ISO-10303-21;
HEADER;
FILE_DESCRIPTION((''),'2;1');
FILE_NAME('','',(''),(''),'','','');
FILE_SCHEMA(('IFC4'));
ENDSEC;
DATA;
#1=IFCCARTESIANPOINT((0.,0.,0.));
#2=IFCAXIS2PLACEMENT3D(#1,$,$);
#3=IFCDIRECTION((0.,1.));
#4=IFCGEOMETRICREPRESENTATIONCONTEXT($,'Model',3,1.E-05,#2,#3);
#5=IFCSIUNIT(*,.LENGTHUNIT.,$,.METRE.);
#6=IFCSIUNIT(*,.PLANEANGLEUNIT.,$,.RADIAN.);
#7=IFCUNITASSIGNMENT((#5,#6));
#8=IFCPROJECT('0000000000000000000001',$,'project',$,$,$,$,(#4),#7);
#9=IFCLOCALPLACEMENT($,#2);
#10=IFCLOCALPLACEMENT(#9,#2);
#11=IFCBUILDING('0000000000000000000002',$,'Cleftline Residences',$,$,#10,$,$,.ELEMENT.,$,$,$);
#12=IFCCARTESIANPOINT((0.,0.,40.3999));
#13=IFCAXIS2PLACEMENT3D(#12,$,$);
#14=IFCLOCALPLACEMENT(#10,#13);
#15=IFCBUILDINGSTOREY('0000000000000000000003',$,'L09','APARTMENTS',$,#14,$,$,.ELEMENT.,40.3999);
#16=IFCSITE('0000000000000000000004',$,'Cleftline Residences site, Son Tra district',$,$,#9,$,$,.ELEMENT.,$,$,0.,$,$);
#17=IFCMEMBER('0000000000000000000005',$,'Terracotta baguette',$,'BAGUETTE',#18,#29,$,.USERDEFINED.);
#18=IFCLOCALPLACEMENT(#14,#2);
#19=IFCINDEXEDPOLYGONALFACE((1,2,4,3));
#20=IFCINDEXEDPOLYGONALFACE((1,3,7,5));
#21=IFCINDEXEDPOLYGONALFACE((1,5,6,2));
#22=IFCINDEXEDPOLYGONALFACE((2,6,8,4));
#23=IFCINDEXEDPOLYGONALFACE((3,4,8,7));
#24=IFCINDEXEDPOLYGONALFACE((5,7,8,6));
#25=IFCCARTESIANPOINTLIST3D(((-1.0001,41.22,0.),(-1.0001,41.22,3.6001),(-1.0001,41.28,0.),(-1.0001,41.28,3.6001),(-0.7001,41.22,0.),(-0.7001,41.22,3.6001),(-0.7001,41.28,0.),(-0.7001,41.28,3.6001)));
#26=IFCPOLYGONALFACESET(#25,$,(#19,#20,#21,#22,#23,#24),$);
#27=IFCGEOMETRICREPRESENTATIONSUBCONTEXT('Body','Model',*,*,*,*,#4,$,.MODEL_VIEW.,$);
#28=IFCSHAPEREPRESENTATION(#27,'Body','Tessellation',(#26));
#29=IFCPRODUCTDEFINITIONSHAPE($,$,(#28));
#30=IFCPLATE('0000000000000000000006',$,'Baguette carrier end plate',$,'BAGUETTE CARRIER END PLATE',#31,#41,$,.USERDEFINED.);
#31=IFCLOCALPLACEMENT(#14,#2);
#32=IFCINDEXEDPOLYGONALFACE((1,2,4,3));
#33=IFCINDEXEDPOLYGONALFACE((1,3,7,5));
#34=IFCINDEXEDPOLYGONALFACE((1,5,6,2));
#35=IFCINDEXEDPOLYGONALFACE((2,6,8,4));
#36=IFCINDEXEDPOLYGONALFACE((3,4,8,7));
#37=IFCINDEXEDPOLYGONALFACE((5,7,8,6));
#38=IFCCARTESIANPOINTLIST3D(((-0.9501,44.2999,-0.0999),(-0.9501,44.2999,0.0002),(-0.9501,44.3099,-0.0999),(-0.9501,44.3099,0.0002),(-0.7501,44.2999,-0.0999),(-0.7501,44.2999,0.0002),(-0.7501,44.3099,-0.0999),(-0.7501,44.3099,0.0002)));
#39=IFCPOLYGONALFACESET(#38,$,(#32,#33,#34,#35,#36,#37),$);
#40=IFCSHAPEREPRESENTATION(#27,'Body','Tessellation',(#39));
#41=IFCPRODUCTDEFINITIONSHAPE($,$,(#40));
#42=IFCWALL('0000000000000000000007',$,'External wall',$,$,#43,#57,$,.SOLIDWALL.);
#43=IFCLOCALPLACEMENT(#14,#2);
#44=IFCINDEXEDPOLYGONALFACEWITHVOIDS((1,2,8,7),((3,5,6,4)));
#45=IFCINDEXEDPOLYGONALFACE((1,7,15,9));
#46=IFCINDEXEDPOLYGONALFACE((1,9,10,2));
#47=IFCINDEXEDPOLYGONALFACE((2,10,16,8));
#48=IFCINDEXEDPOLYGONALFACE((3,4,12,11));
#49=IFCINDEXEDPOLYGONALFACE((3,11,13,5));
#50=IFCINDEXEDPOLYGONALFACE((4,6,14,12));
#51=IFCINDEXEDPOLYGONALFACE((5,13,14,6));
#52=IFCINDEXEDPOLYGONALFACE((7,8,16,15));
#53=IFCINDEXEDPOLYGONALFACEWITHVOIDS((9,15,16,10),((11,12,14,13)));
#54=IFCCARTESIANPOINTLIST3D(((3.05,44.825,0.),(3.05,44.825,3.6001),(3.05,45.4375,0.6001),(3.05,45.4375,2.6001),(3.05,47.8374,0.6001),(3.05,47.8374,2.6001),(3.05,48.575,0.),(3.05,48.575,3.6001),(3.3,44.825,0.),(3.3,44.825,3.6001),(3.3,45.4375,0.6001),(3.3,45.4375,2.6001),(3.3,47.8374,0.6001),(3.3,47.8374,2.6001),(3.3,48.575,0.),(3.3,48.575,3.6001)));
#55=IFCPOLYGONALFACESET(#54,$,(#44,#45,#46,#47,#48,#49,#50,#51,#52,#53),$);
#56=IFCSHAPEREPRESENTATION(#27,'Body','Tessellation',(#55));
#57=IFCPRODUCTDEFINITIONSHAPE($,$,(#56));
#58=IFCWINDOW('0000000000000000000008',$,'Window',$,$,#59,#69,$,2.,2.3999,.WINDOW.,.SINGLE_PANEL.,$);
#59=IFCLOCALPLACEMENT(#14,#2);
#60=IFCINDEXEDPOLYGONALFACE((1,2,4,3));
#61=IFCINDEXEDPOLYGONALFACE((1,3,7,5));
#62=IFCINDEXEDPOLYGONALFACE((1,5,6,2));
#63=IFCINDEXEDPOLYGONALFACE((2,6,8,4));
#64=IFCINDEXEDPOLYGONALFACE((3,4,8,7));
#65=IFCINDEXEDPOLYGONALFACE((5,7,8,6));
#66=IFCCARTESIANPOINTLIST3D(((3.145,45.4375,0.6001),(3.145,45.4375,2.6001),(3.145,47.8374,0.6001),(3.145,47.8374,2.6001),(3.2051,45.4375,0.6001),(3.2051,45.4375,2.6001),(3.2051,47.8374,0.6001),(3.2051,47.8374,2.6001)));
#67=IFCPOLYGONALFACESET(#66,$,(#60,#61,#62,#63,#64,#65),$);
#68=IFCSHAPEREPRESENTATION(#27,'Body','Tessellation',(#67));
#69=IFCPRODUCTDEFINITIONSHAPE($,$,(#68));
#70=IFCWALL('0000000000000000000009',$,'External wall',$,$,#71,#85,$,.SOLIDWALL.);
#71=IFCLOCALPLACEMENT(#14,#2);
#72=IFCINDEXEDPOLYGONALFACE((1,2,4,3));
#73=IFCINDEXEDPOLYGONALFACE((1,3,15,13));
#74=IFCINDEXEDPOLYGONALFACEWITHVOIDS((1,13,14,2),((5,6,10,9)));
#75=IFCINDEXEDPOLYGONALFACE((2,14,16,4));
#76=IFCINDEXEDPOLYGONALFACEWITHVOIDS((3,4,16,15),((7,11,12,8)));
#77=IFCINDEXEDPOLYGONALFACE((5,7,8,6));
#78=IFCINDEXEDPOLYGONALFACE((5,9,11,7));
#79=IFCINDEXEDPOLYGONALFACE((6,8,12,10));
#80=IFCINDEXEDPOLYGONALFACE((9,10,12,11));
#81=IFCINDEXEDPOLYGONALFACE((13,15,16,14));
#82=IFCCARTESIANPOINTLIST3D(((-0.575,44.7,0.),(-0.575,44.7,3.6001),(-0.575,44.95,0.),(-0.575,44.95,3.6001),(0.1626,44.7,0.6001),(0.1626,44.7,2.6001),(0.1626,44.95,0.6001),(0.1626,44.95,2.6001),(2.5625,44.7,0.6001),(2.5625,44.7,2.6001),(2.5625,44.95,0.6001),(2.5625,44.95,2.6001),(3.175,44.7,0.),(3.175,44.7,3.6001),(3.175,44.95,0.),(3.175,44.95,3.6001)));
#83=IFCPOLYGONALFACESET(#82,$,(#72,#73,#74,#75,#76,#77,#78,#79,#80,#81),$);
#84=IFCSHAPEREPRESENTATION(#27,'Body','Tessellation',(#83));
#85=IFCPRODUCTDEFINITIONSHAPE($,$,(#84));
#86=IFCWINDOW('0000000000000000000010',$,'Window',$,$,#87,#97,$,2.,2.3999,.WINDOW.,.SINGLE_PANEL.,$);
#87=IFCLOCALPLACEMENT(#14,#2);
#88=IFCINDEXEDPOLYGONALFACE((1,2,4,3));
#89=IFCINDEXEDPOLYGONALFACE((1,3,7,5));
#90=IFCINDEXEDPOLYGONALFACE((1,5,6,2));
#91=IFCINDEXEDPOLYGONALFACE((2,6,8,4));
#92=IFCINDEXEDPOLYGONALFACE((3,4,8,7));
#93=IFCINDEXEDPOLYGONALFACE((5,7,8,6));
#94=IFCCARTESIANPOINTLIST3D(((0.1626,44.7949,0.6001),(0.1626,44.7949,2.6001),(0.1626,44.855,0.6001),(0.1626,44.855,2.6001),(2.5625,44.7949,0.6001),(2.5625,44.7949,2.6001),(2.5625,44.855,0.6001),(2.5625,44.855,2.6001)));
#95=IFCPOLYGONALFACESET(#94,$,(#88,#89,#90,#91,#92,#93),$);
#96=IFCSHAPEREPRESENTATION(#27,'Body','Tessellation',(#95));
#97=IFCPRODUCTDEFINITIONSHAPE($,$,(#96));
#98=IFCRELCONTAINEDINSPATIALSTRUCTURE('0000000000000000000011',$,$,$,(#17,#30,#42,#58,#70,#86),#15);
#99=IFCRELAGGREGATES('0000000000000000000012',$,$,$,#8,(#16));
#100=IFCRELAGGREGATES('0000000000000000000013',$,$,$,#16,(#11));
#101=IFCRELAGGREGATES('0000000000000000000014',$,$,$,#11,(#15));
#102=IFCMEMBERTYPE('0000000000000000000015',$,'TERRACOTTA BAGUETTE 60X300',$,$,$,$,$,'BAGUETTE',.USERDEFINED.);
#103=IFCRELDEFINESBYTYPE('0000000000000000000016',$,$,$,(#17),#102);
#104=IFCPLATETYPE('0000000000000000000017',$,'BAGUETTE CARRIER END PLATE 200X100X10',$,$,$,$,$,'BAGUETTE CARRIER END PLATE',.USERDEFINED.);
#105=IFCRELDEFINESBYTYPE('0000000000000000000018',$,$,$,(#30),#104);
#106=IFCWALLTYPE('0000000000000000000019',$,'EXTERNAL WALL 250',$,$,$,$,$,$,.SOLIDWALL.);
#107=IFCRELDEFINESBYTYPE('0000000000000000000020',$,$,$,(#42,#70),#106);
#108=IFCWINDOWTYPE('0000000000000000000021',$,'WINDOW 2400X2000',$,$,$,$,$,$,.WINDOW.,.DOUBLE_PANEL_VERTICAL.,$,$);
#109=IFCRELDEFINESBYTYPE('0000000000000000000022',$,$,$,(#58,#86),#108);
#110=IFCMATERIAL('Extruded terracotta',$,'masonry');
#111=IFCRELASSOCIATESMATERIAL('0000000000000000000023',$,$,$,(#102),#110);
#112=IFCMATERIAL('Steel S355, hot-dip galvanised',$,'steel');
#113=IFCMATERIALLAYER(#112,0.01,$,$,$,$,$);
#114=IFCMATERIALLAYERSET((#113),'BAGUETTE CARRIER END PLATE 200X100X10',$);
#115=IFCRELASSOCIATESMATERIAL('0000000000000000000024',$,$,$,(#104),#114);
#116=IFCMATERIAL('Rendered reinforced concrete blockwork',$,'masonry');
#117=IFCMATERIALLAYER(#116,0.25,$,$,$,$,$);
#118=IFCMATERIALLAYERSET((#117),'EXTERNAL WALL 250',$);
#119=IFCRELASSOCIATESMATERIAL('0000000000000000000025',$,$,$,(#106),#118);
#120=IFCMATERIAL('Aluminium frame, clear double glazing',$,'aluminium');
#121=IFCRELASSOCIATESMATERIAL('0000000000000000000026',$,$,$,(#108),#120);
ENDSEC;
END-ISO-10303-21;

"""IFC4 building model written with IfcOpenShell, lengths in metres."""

from ifc_helpers import new_model, si_unit, direction, frame, frame_2d, origin, origin_2d, place, context, subcontext, project, spatial, rectangle, extrude, material, layer, layer_set, material_profile, profile_set, type_object, element, fill, save


model = new_model("IFC4")

# Units and contexts
model_context = context("Model", 3, precision=1e-05, world=origin(), true_north=direction((0.0, 1.0)))
body_context = subcontext(model_context, "Body", "Model", "MODEL_VIEW")
ifc_project = project(units=[si_unit("LENGTHUNIT", "METRE"), si_unit("PLANEANGLEUNIT", "RADIAN")], contexts=[model_context])

# Site, building, storey
site_placement = place(None, origin())
site = spatial("IfcSite", under=ifc_project, at=site_placement, Name="Cleftline Residences site, Son Tra district", CompositionType="ELEMENT", RefElevation=0.0)
building_placement = place(site_placement, origin())
building = spatial("IfcBuilding", under=site, at=building_placement, Name="Cleftline Residences", CompositionType="ELEMENT")
storey_placement = place(building_placement, frame((0.0, 0.0, 40.3999)))
storey = spatial("IfcBuildingStorey", under=building, at=storey_placement, Name="L09", Description="APARTMENTS", CompositionType="ELEMENT", Elevation=40.3999)

# Member
ifc_material_1 = material(Name="Extruded terracotta", Category="masonry")
ifc_material_profile_1 = material_profile(ifc_material_1, rectangle(XDim=0.0601, YDim=0.3, at=origin_2d()))
ifc_profile_set_1 = profile_set([ifc_material_profile_1], Name="Extruded terracotta")
member_type_1 = type_object("IfcMemberType", Name="TERRACOTTA BAGUETTE 60X300", ElementType="BAGUETTE", PredefinedType="USERDEFINED", material=ifc_profile_set_1)
for number, where, z_axis, x_axis, name in (
    (1, (-0.8501, 41.25, 0.0), (0.0, 0.0, 1.0), (0.0, 1.0, 0.0), "Terracotta baguette"),
):
    element("IfcMember", number, at=place(storey_placement, frame(where, z_axis=z_axis, x_axis=x_axis)), inside=storey, type_object=member_type_1, Name=name, ObjectType="BAGUETTE", PredefinedType="USERDEFINED", context=body_context, shape_type="SweptSolid", body=[
        extrude(rectangle(XDim=0.0601, YDim=0.3, at=origin_2d()), origin(), (0.0, 0.0, 1.0), 3.6001),
    ])

# Plate
ifc_material_2 = material(Name="Steel S355, hot-dip galvanised", Category="steel")
ifc_layer_1 = layer(ifc_material_2, 0.01)
ifc_layer_set_1 = layer_set([ifc_layer_1], Name="BAGUETTE CARRIER END PLATE 200X100X10")
plate_type = type_object("IfcPlateType", Name="BAGUETTE CARRIER END PLATE 200X100X10", ElementType="BAGUETTE CARRIER END PLATE", PredefinedType="USERDEFINED", material=ifc_layer_set_1)
plate_placement = place(storey_placement, frame((-0.8501, 44.3049, -0.0999), z_axis=(0.0, 0.0, 1.0), x_axis=(-1.0, 0.0, 0.0)))
element("IfcPlate", 2, at=plate_placement, inside=storey, type_object=plate_type, Name="Baguette carrier end plate", ObjectType="BAGUETTE CARRIER END PLATE", PredefinedType="USERDEFINED", context=body_context, shape_type="SweptSolid", body=[
    extrude(rectangle(XDim=0.2, YDim=0.01, at=origin_2d()), origin(), (0.0, 0.0, 1.0), 0.1001),
])

# Walls, openings, windows
ifc_material_3 = material(Name="Rendered reinforced concrete blockwork", Category="masonry")
ifc_layer_2 = layer(ifc_material_3, 0.25)
ifc_layer_set_2 = layer_set([ifc_layer_2], Name="EXTERNAL WALL 250")
wall_type_1 = type_object("IfcWallType", Name="EXTERNAL WALL 250", PredefinedType="SOLIDWALL", material=ifc_layer_set_2)
wall_1_placement = place(storey_placement, frame((3.175, 48.575, 0.0), z_axis=(0.0, 0.0, 1.0), x_axis=(0.0, -1.0, 0.0)))
wall_1 = element("IfcWall", 3, at=wall_1_placement, inside=storey, type_object=wall_type_1, Name="External wall", PredefinedType="SOLIDWALL", context=body_context, shape_type="SweptSolid", body=[
    extrude(rectangle(XDim=3.75, YDim=0.25, at=frame_2d((1.875, 0.0))), origin(), (0.0, 0.0, 1.0), 3.6001),
])
opening_1_placement = place(wall_1_placement, frame((0.7375, 0.0, 0.6001)))
opening_1 = element("IfcOpeningElement", 4, at=opening_1_placement, cuts=wall_1, PredefinedType="OPENING", context=body_context, shape_type="SweptSolid", body=[
    extrude(rectangle(XDim=2.3999, YDim=2.0, at=frame_2d((1.2, 1.0))), frame((0.0, 0.135, 0.0), z_axis=(0.0, -1.0, 0.0), x_axis=(1.0, 0.0, 0.0)), (0.0, 0.0, 1.0), 0.27),
])
ifc_material_4 = material(Name="Aluminium frame, clear double glazing", Category="aluminium")
window_type_1 = type_object("IfcWindowType", Name="WINDOW 2400X2000", PartitioningType="DOUBLE_PANEL_VERTICAL", PredefinedType="WINDOW", material=ifc_material_4)
window_1_placement = place(opening_1_placement, origin())
window_1 = element("IfcWindow", 5, at=window_1_placement, inside=storey, type_object=window_type_1, Name="Window", OverallHeight=2.0, OverallWidth=2.3999, PartitioningType="SINGLE_PANEL", PredefinedType="WINDOW", context=body_context, shape_type="SweptSolid", body=[
    extrude(rectangle(XDim=2.3999, YDim=2.0, at=frame_2d((1.2, 1.0))), frame((0.0, 0.03, 0.0), z_axis=(0.0, -1.0, 0.0), x_axis=(1.0, 0.0, 0.0)), (0.0, 0.0, 1.0), 0.0601),
])
fill(opening_1, window_1)
wall_2_placement = place(storey_placement, frame((3.175, 44.825, 0.0), z_axis=(0.0, 0.0, 1.0), x_axis=(-1.0, 0.0, 0.0)))
wall_2 = element("IfcWall", 6, at=wall_2_placement, inside=storey, type_object=wall_type_1, Name="External wall", PredefinedType="SOLIDWALL", context=body_context, shape_type="SweptSolid", body=[
    extrude(rectangle(XDim=3.75, YDim=0.25, at=frame_2d((1.875, 0.0))), origin(), (0.0, 0.0, 1.0), 3.6001),
])
opening_2_placement = place(wall_2_placement, frame((0.6125, 0.0, 0.6001)))
opening_2 = element("IfcOpeningElement", 7, at=opening_2_placement, cuts=wall_2, PredefinedType="OPENING", context=body_context, shape_type="SweptSolid", body=[
    extrude(rectangle(XDim=2.3999, YDim=2.0, at=frame_2d((1.2, 1.0))), frame((0.0, 0.135, 0.0), z_axis=(0.0, -1.0, 0.0), x_axis=(1.0, 0.0, 0.0)), (0.0, 0.0, 1.0), 0.27),
])
window_2_placement = place(opening_2_placement, origin())
window_2 = element("IfcWindow", 8, at=window_2_placement, inside=storey, type_object=window_type_1, Name="Window", OverallHeight=2.0, OverallWidth=2.3999, PartitioningType="SINGLE_PANEL", PredefinedType="WINDOW", context=body_context, shape_type="SweptSolid", body=[
    extrude(rectangle(XDim=2.3999, YDim=2.0, at=frame_2d((1.2, 1.0))), frame((0.0, 0.03, 0.0), z_axis=(0.0, -1.0, 0.0), x_axis=(1.0, 0.0, 0.0)), (0.0, 0.0, 1.0), 0.0601),
])
fill(opening_2, window_2)

save(model, "model.ifc")
